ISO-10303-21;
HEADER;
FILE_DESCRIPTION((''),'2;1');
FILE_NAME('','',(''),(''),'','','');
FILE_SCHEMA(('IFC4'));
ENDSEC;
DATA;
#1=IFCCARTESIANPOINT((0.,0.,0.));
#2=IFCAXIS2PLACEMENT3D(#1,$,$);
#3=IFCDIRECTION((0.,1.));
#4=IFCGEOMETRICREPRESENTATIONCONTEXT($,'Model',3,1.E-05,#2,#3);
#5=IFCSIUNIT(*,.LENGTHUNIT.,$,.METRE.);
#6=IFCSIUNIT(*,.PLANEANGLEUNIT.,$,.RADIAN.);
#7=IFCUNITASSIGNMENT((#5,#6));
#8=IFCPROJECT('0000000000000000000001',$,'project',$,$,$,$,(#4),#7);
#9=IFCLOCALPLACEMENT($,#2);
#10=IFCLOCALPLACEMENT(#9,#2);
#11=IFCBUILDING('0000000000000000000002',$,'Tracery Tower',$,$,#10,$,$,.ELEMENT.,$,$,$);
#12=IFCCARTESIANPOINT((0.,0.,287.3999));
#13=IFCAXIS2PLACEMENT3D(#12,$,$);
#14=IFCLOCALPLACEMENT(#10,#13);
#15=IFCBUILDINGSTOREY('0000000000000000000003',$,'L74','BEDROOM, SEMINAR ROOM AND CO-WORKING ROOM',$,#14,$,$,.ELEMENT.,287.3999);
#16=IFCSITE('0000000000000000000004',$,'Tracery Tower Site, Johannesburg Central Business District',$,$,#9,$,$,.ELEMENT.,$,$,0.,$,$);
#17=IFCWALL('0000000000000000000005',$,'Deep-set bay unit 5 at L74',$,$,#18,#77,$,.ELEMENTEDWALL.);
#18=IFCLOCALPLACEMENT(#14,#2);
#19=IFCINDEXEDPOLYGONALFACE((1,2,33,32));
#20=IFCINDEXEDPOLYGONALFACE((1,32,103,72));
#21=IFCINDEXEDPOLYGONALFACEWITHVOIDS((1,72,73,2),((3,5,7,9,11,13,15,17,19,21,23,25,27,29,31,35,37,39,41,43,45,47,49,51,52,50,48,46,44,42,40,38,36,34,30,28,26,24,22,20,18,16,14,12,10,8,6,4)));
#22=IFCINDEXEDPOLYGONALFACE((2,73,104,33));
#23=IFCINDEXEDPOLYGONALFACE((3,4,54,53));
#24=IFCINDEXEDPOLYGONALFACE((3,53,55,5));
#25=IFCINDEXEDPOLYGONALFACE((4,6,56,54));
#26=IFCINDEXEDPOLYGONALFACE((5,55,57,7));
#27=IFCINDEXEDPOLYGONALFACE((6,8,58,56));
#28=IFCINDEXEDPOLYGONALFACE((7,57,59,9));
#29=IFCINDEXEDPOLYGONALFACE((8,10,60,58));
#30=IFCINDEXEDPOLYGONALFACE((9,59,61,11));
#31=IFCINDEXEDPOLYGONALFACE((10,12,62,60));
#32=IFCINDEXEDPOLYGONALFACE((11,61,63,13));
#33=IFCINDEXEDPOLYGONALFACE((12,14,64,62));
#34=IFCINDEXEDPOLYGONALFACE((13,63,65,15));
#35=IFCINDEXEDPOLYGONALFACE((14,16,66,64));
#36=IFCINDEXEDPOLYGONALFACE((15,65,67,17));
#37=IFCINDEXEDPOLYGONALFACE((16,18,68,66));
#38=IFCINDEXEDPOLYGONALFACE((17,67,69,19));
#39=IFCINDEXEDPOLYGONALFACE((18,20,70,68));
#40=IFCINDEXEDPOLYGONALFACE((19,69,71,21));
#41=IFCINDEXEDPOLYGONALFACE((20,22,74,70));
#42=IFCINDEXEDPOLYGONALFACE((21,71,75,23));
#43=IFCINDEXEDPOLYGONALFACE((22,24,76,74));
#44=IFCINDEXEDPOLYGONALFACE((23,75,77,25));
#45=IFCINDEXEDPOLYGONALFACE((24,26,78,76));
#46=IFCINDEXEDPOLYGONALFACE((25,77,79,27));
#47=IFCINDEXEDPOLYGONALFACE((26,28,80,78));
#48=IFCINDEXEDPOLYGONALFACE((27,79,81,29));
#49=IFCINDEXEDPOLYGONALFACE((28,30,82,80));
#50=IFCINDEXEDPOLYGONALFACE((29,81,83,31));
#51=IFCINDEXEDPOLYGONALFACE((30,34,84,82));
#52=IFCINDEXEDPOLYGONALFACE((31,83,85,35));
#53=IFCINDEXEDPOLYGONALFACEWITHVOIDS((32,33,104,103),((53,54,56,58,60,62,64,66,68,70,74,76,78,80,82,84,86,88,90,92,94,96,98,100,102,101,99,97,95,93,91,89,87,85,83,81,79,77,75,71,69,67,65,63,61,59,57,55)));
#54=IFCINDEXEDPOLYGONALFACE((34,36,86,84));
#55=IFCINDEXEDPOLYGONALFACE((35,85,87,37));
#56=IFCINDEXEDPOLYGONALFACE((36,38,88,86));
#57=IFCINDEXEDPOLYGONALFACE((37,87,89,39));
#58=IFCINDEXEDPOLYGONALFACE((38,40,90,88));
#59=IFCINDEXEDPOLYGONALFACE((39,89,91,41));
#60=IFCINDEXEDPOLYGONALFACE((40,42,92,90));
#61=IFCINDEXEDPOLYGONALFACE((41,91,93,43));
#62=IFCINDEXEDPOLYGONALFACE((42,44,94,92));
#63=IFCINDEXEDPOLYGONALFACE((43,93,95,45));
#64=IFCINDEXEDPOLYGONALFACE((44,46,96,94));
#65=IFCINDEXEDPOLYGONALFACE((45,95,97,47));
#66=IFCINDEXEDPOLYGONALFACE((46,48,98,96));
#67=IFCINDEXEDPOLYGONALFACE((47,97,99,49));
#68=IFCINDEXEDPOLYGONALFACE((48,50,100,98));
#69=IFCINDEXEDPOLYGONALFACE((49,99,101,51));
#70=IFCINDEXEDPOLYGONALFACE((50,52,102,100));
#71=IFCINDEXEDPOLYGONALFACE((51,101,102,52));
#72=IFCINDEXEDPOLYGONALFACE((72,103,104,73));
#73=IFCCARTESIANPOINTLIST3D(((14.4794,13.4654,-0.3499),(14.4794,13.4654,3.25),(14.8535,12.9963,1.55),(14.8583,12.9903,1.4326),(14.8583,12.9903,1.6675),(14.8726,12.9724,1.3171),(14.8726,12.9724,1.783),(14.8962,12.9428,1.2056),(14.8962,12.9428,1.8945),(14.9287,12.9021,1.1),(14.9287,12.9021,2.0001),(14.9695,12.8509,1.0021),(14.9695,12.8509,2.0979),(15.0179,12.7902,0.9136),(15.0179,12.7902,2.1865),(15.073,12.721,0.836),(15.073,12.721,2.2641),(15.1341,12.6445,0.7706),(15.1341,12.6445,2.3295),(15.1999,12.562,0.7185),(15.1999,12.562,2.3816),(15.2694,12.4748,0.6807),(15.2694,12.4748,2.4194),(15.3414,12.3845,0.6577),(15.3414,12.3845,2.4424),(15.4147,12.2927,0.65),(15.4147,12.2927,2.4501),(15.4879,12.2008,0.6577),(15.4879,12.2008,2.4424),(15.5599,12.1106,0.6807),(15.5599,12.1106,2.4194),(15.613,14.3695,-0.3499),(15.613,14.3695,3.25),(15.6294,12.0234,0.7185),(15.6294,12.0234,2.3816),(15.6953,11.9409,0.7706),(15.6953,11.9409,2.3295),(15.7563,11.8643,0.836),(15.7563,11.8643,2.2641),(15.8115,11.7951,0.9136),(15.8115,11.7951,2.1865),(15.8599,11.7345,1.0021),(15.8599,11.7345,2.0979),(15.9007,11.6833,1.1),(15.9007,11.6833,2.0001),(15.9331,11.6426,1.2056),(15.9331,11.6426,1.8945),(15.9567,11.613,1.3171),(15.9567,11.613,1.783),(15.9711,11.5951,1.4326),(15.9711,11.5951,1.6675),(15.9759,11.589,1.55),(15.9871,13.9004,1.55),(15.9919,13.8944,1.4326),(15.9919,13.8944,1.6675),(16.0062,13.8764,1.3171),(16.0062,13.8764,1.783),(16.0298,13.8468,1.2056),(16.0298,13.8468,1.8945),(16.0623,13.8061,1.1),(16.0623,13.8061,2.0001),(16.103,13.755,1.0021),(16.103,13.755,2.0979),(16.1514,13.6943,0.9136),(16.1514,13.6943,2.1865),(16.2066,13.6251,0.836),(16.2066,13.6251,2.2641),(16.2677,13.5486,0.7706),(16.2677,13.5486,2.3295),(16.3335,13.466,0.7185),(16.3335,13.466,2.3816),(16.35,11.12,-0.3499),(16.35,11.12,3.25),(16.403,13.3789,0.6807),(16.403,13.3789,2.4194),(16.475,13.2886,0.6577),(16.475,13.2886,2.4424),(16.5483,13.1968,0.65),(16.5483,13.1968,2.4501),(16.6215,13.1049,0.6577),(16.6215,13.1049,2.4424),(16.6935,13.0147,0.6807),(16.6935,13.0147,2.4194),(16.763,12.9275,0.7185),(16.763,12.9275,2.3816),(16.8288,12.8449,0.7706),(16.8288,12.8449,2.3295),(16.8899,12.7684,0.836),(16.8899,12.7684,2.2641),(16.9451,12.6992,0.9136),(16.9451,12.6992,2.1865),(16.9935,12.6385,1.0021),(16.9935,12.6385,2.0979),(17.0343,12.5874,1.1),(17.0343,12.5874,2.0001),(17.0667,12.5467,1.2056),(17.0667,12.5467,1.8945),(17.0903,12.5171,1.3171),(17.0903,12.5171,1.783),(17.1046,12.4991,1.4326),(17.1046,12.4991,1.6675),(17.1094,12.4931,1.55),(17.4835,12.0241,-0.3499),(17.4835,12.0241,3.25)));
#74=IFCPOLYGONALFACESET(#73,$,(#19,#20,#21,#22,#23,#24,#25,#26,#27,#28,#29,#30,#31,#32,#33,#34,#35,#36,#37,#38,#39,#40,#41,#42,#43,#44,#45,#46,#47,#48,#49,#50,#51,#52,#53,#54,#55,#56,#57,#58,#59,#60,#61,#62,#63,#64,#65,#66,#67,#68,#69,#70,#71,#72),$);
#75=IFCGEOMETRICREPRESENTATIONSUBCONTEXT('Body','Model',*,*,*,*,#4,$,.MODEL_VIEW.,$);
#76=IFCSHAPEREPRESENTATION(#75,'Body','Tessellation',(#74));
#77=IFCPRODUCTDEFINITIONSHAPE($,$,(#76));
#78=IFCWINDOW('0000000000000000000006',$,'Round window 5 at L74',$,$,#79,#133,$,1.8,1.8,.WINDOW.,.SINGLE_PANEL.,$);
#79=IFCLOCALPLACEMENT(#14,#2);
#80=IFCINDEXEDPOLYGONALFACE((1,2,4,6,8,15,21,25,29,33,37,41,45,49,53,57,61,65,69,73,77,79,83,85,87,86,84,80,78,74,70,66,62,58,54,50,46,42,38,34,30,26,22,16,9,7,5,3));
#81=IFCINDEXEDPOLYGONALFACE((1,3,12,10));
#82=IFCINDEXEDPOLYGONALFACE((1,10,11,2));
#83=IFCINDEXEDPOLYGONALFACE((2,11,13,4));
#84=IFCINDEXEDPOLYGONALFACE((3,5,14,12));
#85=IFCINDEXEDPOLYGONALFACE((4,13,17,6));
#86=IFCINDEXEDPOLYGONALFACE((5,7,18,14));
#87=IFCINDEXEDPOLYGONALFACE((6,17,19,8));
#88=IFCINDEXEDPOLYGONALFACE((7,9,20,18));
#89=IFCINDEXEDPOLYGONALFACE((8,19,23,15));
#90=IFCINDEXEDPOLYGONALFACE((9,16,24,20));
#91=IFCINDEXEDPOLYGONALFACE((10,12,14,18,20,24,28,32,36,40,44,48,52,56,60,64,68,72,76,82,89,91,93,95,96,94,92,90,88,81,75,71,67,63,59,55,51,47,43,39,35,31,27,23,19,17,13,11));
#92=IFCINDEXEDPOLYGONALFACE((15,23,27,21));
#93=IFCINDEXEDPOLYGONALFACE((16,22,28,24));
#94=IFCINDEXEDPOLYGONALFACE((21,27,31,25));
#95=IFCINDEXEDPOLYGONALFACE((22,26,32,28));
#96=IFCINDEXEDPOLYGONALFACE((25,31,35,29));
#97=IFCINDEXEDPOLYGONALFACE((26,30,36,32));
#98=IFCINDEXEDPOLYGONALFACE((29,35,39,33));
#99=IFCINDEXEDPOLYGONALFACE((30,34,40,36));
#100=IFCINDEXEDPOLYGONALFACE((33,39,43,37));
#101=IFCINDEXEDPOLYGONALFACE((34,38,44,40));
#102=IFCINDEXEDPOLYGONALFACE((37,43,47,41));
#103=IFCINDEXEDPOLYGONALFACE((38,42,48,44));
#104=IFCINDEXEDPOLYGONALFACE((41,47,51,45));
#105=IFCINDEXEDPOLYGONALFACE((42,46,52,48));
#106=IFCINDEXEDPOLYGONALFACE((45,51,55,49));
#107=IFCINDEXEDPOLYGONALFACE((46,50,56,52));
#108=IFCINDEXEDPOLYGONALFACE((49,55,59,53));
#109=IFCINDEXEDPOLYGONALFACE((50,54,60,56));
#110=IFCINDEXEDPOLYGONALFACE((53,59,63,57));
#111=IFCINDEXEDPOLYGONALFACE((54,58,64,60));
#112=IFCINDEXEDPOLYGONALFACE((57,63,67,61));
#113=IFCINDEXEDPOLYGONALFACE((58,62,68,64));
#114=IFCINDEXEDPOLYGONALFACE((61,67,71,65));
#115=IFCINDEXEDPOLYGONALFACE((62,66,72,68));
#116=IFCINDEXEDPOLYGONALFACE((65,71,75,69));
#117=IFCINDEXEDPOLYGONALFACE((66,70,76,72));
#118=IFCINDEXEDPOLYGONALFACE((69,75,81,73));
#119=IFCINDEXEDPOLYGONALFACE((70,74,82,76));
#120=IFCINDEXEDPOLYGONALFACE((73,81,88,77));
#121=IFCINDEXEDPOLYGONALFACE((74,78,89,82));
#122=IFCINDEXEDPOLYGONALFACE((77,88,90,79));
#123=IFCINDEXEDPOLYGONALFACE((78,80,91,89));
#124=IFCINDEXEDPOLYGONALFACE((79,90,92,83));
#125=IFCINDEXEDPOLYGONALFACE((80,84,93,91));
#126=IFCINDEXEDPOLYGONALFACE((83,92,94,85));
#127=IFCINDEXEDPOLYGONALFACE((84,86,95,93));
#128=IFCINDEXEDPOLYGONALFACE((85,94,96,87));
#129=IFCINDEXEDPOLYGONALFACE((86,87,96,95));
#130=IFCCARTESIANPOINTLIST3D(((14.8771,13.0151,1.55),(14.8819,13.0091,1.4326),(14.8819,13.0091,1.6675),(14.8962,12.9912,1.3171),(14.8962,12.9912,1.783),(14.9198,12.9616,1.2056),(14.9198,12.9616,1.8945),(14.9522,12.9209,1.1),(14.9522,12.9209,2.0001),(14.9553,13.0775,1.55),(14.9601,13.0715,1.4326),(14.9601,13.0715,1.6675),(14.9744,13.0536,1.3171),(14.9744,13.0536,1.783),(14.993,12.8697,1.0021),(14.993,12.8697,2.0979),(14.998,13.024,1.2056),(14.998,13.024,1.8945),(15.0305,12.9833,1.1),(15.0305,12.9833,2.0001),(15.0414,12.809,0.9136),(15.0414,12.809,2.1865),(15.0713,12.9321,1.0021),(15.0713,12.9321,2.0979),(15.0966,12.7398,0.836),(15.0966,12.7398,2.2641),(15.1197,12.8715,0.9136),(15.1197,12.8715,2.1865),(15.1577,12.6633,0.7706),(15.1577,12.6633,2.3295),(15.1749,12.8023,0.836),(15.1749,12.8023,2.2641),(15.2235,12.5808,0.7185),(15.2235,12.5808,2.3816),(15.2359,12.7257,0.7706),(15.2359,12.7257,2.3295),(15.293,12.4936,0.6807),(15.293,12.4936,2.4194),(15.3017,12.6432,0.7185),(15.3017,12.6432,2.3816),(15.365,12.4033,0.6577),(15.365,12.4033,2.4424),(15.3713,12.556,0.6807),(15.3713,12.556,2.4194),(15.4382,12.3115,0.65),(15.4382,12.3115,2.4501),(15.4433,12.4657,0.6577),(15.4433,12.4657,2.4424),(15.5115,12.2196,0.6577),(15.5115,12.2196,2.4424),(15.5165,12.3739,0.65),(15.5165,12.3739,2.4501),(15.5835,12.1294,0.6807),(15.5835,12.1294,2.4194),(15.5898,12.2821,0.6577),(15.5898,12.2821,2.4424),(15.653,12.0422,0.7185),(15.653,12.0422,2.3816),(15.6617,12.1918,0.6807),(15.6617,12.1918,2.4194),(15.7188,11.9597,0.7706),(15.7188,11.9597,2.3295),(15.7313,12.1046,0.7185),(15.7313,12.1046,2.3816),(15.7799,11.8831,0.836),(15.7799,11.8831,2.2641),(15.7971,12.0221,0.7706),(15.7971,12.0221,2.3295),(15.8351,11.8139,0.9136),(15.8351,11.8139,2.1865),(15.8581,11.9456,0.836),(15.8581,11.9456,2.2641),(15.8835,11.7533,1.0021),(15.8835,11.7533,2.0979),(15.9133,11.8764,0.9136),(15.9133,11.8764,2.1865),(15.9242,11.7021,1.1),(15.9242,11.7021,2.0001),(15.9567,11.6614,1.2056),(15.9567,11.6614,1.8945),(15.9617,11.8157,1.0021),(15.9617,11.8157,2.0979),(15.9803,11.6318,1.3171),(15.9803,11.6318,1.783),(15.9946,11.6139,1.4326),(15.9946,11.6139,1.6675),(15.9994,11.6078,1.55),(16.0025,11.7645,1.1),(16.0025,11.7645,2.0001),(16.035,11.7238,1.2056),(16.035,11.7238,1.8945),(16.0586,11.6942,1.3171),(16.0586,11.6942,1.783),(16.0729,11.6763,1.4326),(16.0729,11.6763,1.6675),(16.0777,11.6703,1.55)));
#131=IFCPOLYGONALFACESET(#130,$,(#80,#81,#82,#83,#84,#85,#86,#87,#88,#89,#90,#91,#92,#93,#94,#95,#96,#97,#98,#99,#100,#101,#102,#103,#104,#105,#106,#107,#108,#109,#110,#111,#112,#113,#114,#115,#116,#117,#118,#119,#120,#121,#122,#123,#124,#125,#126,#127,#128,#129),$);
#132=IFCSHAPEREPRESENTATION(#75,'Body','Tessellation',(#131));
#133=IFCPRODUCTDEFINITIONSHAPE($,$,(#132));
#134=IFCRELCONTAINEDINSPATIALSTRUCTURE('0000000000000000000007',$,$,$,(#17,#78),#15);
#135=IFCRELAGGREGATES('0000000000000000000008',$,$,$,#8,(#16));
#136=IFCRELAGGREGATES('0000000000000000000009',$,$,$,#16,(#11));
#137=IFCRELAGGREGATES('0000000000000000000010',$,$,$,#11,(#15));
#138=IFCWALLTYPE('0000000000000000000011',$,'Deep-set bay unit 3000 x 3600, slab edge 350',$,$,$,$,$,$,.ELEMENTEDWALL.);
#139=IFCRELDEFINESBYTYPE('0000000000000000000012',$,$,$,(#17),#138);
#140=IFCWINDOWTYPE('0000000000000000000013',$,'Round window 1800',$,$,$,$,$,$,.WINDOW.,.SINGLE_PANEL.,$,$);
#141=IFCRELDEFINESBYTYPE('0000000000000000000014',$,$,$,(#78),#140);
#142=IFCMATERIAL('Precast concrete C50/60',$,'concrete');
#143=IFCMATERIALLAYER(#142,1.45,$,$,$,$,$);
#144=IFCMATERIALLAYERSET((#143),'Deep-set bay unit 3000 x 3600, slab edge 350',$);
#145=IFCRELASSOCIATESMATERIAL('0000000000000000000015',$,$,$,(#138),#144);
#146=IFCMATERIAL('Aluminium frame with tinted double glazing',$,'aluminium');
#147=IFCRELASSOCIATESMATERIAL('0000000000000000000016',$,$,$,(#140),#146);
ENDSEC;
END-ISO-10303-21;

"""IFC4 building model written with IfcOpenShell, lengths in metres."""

from ifc_helpers import new_model, si_unit, direction, frame, frame_2d, origin, origin_2d, place, context, subcontext, project, spatial, rectangle, circle, extrude, material, layer, layer_set, type_object, element, fill, save


model = new_model("IFC4")

# Units and contexts
model_context = context("Model", 3, precision=1e-05, world=origin(), true_north=direction((0.0, 1.0)))
body_context = subcontext(model_context, "Body", "Model", "MODEL_VIEW")
ifc_project = project(units=[si_unit("LENGTHUNIT", "METRE"), si_unit("PLANEANGLEUNIT", "RADIAN")], contexts=[model_context])

# Site, building, storey
site_placement = place(None, origin())
site = spatial("IfcSite", under=ifc_project, at=site_placement, Name="Tracery Tower Site, Johannesburg Central Business District", CompositionType="ELEMENT", RefElevation=0.0)
building_placement = place(site_placement, origin())
building = spatial("IfcBuilding", under=site, at=building_placement, Name="Tracery Tower", CompositionType="ELEMENT")
storey_placement = place(building_placement, frame((0.0, 0.0, 287.3999)))
storey = spatial("IfcBuildingStorey", under=building, at=storey_placement, Name="L74", Description="BEDROOM, SEMINAR ROOM AND CO-WORKING ROOM", CompositionType="ELEMENT", Elevation=287.3999)

# Wall, opening, window
ifc_material_1 = material(Name="Precast concrete C50/60", Category="concrete")
ifc_layer_1 = layer(ifc_material_1, 1.45)
ifc_layer_set_1 = layer_set([ifc_layer_1], Name="Deep-set bay unit 3000 x 3600, slab edge 350")
wall_type_1 = type_object("IfcWallType", Name="Deep-set bay unit 3000 x 3600, slab edge 350", PredefinedType="ELEMENTEDWALL", material=ifc_layer_set_1)
wall_1_placement = place(storey_placement, frame((16.9167, 11.572, -0.3499), z_axis=(0.0, 0.0, 1.0), x_axis=(-0.623523, 0.781805, 0.0)))
wall_1 = element("IfcWall", 1, at=wall_1_placement, inside=storey, type_object=wall_type_1, Name="Deep-set bay unit 5 at L74", PredefinedType="ELEMENTEDWALL", context=body_context, shape_type="SweptSolid", body=[
    extrude(rectangle(XDim=3.0, YDim=1.45, at=frame_2d((1.5, 0.0))), origin(), (0.0, 0.0, 1.0), 3.5999),
])
opening_1_placement = place(wall_1_placement, frame((1.5, 0.0, 1.8999)))
opening_1 = element("IfcOpeningElement", 2, at=opening_1_placement, cuts=wall_1, PredefinedType="OPENING", context=body_context, shape_type="SweptSolid", body=[
    extrude(circle(Radius=0.9, at=origin_2d()), frame((0.0, 0.7349, 0.0), z_axis=(0.0, -1.0, 0.0), x_axis=(1.0, 0.0, 0.0)), (0.0, 0.0, 1.0), 1.47),
])
ifc_material_2 = material(Name="Aluminium frame with tinted double glazing", Category="aluminium")
window_type = type_object("IfcWindowType", Name="Round window 1800", PartitioningType="SINGLE_PANEL", PredefinedType="WINDOW", material=ifc_material_2)
window_1_placement = place(opening_1_placement, origin())
window_1 = element("IfcWindow", 3, at=window_1_placement, inside=storey, type_object=window_type, Name="Round window 5 at L74", OverallHeight=1.8, OverallWidth=1.8, PartitioningType="SINGLE_PANEL", PredefinedType="WINDOW", context=body_context, shape_type="SweptSolid", body=[
    extrude(circle(Radius=0.9, at=origin_2d()), frame((0.0, 0.6948, 0.0), z_axis=(0.0, -1.0, 0.0), x_axis=(1.0, 0.0, 0.0)), (0.0, 0.0, 1.0), 0.1001),
])
fill(opening_1, window_1)

save(model, "model.ifc")
